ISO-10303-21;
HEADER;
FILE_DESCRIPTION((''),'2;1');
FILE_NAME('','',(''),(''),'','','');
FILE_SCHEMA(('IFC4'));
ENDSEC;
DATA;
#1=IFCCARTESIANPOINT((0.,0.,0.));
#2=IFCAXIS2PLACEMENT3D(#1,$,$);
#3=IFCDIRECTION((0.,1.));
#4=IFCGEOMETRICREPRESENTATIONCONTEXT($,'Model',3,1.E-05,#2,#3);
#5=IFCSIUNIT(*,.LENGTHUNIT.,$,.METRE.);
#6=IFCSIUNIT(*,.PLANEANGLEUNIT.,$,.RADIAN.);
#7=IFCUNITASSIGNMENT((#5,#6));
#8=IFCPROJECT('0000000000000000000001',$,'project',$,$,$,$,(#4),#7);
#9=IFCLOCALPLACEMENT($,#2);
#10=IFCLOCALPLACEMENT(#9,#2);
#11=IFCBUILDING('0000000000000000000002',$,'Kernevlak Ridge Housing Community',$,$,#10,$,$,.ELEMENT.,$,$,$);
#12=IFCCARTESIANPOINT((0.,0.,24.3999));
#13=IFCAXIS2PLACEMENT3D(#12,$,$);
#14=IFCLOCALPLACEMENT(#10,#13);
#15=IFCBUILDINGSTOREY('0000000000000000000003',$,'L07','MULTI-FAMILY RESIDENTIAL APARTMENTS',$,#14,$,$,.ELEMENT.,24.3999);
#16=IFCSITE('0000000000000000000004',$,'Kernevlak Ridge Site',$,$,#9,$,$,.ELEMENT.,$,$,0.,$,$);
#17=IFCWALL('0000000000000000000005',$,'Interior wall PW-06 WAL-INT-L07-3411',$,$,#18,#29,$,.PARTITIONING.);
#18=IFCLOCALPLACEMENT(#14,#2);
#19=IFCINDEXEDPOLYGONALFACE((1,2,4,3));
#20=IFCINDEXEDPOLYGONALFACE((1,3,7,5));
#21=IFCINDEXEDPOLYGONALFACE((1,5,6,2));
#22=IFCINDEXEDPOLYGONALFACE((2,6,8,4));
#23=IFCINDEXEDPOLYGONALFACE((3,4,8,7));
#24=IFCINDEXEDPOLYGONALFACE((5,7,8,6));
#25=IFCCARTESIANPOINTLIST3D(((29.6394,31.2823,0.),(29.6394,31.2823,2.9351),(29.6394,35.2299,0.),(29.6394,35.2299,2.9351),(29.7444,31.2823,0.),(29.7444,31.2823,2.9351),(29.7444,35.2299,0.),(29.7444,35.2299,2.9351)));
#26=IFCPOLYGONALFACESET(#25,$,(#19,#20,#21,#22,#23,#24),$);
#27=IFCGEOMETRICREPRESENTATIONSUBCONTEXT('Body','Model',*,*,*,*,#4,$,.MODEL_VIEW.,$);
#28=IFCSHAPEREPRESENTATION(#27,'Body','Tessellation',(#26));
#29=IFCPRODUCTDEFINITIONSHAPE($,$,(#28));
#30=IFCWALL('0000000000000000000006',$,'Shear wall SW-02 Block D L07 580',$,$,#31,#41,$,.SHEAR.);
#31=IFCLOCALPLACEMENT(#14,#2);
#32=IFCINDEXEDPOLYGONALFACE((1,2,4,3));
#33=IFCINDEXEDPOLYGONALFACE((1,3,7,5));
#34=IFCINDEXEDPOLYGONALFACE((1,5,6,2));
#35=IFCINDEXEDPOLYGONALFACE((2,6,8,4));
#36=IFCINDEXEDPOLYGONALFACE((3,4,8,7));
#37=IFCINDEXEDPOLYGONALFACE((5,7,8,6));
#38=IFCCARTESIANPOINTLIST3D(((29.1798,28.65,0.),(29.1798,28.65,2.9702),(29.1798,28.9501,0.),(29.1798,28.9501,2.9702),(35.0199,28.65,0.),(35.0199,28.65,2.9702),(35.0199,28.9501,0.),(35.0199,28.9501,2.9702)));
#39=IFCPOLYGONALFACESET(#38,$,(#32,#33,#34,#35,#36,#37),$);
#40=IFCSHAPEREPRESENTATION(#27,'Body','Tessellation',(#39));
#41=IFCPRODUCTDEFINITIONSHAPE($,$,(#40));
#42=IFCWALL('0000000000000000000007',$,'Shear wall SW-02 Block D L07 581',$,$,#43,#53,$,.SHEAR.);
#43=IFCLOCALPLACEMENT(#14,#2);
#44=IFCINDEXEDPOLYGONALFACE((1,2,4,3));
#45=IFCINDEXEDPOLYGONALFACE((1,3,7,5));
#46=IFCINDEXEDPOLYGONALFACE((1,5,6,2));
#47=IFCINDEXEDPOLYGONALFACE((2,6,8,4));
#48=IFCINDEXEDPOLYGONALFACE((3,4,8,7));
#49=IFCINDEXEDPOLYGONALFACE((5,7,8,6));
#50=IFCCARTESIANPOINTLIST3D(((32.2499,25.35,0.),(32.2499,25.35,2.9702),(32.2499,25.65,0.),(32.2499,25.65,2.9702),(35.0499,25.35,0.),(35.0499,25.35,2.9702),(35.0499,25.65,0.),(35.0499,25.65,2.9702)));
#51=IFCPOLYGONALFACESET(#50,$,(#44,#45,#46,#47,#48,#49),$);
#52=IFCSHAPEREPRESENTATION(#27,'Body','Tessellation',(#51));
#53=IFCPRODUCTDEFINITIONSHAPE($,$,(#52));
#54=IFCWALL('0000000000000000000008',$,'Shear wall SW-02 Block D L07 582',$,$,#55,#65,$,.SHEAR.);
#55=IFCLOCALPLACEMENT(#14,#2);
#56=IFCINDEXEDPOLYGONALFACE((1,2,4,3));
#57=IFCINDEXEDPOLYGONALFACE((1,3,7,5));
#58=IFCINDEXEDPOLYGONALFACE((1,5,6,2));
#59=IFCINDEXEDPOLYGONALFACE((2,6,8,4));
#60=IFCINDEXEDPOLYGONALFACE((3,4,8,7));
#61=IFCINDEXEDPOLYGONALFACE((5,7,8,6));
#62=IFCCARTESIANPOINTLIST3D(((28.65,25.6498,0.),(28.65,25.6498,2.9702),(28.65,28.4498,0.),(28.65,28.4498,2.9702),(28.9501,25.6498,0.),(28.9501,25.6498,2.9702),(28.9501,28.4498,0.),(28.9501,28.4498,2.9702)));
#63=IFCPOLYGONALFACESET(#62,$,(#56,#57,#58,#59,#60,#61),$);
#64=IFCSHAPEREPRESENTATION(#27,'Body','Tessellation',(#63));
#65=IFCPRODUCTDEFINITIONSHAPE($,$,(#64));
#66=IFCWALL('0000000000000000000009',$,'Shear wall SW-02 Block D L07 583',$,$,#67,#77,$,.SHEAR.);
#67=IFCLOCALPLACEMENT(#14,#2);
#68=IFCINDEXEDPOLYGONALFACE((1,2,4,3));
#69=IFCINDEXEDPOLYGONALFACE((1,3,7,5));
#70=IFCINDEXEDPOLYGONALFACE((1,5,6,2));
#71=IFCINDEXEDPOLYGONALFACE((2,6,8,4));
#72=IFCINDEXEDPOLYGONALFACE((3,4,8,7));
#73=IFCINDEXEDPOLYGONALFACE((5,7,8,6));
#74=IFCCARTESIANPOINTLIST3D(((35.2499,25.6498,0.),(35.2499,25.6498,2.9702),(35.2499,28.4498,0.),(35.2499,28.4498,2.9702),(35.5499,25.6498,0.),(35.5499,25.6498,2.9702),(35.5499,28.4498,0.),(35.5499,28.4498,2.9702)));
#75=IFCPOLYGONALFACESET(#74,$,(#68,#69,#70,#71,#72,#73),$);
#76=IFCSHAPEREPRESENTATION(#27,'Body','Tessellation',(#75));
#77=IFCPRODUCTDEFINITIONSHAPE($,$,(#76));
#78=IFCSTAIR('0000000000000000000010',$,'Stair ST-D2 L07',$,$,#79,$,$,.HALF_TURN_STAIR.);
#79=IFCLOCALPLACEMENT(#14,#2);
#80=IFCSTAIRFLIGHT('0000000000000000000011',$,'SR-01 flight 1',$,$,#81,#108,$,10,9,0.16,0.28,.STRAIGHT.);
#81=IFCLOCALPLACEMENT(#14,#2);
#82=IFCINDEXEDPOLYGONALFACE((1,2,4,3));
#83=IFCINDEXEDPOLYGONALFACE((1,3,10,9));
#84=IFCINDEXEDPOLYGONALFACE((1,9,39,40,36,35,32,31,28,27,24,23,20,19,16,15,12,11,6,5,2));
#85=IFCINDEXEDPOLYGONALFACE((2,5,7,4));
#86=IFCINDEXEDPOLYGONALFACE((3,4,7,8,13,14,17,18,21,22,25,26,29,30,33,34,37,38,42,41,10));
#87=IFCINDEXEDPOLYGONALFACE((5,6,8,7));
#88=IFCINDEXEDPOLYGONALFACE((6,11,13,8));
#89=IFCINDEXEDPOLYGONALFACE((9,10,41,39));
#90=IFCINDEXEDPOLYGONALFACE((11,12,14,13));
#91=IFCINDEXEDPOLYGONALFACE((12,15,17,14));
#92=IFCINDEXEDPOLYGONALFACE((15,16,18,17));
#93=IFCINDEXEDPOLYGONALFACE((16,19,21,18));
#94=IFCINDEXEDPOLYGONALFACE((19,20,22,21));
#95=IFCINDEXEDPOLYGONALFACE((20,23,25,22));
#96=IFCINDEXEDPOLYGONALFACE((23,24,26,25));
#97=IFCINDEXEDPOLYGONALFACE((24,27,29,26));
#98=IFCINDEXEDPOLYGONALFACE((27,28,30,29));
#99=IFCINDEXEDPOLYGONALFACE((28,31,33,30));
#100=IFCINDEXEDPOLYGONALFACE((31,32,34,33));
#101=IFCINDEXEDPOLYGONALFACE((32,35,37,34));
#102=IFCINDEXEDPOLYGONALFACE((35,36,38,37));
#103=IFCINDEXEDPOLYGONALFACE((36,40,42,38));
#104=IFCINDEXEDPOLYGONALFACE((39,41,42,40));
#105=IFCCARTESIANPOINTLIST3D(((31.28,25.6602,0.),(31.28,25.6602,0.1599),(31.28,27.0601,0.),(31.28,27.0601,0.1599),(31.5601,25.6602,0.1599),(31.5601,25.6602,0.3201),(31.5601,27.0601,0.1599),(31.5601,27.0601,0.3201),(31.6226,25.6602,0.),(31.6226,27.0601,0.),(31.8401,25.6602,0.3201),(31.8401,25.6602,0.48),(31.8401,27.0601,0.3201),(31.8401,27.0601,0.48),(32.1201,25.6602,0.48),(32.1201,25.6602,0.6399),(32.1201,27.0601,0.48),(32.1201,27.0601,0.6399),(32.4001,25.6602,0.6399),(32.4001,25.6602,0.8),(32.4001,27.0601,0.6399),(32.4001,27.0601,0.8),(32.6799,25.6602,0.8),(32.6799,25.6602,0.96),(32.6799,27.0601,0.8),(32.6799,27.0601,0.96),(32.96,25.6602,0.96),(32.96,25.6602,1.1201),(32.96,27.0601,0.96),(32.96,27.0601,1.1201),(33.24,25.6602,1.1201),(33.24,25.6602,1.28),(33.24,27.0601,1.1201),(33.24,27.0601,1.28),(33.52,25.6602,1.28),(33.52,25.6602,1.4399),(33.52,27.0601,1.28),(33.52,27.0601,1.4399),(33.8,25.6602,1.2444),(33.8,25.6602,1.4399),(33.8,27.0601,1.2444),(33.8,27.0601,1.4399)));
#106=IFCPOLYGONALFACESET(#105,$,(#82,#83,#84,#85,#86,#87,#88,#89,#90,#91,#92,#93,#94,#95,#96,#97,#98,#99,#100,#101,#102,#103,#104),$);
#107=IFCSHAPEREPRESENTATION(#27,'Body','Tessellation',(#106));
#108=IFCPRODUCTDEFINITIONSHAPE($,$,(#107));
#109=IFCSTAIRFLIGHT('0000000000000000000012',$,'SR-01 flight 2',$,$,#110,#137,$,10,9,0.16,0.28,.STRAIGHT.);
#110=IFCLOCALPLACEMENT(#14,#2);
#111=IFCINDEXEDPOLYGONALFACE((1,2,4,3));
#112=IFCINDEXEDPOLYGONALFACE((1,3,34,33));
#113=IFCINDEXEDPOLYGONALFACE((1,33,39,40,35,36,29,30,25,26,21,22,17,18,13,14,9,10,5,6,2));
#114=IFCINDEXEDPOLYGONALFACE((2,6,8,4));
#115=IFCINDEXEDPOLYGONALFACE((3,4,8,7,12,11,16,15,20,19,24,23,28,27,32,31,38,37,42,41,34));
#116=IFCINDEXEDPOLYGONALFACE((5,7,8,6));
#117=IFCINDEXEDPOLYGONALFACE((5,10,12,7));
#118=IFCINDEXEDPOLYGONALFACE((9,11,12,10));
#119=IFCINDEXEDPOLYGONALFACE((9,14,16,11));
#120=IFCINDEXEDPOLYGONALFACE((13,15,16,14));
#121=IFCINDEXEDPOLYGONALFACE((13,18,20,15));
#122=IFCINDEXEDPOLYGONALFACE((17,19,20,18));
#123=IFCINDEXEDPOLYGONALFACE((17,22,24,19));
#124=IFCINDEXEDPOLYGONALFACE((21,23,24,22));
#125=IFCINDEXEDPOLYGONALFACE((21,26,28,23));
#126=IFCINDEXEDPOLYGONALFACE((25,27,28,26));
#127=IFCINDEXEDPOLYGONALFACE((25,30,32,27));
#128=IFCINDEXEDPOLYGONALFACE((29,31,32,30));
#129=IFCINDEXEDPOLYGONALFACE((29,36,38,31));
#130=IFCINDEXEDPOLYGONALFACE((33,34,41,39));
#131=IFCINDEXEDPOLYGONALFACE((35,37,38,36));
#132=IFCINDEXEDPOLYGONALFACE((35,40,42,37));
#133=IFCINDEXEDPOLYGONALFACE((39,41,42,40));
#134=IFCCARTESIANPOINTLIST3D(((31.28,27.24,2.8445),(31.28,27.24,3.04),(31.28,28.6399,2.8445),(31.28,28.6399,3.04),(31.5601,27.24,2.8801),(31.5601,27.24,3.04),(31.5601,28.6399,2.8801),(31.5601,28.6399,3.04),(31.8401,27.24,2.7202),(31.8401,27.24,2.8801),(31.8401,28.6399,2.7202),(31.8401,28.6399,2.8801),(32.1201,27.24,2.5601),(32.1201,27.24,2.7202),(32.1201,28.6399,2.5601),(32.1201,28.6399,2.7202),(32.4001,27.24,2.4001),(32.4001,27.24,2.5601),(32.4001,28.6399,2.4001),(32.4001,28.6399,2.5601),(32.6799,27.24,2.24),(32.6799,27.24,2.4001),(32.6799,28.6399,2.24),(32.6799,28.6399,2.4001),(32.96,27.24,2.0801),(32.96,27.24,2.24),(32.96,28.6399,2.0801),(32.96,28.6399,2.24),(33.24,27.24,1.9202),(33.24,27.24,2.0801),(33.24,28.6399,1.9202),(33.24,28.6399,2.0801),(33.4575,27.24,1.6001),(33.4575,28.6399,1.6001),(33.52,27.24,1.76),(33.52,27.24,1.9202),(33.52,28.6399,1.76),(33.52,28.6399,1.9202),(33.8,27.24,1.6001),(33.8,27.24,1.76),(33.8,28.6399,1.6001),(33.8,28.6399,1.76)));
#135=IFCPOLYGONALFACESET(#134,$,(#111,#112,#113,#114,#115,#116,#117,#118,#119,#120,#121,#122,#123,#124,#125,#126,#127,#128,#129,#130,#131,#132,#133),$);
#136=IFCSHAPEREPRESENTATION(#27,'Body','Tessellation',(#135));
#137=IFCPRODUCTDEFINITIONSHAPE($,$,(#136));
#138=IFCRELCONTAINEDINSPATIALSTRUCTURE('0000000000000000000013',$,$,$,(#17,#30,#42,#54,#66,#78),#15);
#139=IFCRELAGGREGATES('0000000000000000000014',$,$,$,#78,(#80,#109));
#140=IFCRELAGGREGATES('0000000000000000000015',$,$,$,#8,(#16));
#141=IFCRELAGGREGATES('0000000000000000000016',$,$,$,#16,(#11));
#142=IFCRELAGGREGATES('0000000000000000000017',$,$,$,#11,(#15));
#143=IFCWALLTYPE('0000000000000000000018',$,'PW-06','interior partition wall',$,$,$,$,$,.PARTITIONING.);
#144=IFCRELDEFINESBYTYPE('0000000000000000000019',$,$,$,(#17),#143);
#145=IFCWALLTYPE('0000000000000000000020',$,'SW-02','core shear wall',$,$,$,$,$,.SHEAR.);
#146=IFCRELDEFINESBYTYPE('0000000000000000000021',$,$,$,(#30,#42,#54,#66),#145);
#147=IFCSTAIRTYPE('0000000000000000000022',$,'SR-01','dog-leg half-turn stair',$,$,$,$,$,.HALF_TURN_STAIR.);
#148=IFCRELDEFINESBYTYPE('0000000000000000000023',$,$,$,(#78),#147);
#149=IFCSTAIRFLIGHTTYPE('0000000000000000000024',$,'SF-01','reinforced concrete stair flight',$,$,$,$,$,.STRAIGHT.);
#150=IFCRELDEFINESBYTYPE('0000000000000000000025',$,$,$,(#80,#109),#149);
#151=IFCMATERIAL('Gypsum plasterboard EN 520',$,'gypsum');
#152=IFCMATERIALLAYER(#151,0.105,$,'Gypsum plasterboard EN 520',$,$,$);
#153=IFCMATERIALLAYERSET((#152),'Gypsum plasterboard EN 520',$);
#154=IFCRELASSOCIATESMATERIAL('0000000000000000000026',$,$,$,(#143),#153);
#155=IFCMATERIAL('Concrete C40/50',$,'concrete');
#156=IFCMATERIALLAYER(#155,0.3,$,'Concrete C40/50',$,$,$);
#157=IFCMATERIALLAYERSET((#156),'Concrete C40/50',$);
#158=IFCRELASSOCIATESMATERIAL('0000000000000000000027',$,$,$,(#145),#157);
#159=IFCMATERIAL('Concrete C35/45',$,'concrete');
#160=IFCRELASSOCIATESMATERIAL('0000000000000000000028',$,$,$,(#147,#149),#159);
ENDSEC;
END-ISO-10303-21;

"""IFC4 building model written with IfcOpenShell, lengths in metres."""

from ifc_helpers import new_model, si_unit, direction, frame, frame_2d, origin, place, context, subcontext, project, spatial, polyline, rectangle, outline, extrude, material, layer, layer_set, type_object, element, aggregate, save


model = new_model("IFC4")

# Units and contexts
model_context = context("Model", 3, precision=1e-05, world=origin(), true_north=direction((0.0, 1.0)))
body_context = subcontext(model_context, "Body", "Model", "MODEL_VIEW")
ifc_project = project(units=[si_unit("LENGTHUNIT", "METRE"), si_unit("PLANEANGLEUNIT", "RADIAN")], contexts=[model_context])

# Site, building, storey
site_placement = place(None, origin())
site = spatial("IfcSite", under=ifc_project, at=site_placement, Name="Kernevlak Ridge Site", CompositionType="ELEMENT", RefElevation=0.0)
building_placement = place(site_placement, origin())
building = spatial("IfcBuilding", under=site, at=building_placement, Name="Kernevlak Ridge Housing Community", CompositionType="ELEMENT")
storey_placement = place(building_placement, frame((0.0, 0.0, 24.3999)))
storey = spatial("IfcBuildingStorey", under=building, at=storey_placement, Name="L07", Description="MULTI-FAMILY RESIDENTIAL APARTMENTS", CompositionType="ELEMENT", Elevation=24.3999)

# Shared definitions
ifc_material_1 = material(Name="Concrete C35/45", Category="concrete")

# Shared definitions
ifc_material_2 = material(Name="Gypsum plasterboard EN 520", Category="gypsum")

# Walls
ifc_layer_1 = layer(ifc_material_2, 0.105, Name="Gypsum plasterboard EN 520")
ifc_layer_set_1 = layer_set([ifc_layer_1], Name="Gypsum plasterboard EN 520")
wall_type_1 = type_object("IfcWallType", Name="PW-06", Description="interior partition wall", PredefinedType="PARTITIONING", material=ifc_layer_set_1)
wall_1_placement = place(storey_placement, frame((29.6919, 31.2825, 0.0), z_axis=(0.0, 0.0, 1.0), x_axis=(0.0, 1.0, 0.0)))
element("IfcWall", 1, at=wall_1_placement, inside=storey, type_object=wall_type_1, Name="Interior wall PW-06 WAL-INT-L07-3411", PredefinedType="PARTITIONING", context=body_context, shape_type="SweptSolid", body=[
    extrude(rectangle(XDim=3.9475, YDim=0.105, at=frame_2d((1.9736, 0.0))), origin(), (0.0, 0.0, 1.0), 2.9351),
])
ifc_material_3 = material(Name="Concrete C40/50", Category="concrete")
ifc_layer_2 = layer(ifc_material_3, 0.3, Name="Concrete C40/50")
ifc_layer_set_2 = layer_set([ifc_layer_2], Name="Concrete C40/50")
wall_type_2 = type_object("IfcWallType", Name="SW-02", Description="core shear wall", PredefinedType="SHEAR", material=ifc_layer_set_2)
wall_2_placement = place(storey_placement, frame((29.1799, 28.8, 0.0), z_axis=(0.0, 0.0, 1.0), x_axis=(1.0, 0.0, 0.0)))
element("IfcWall", 2, at=wall_2_placement, inside=storey, type_object=wall_type_2, Name="Shear wall SW-02 Block D L07 580", PredefinedType="SHEAR", context=body_context, shape_type="SweptSolid", body=[
    extrude(rectangle(XDim=5.8401, YDim=0.3, at=frame_2d((2.9199, 0.0))), origin(), (0.0, 0.0, 1.0), 2.9702),
])
for number, where, z_axis, x_axis, name in (
    (3, (32.25, 25.5, 0.0), (0.0, 0.0, 1.0), (1.0, 0.0, 0.0), "Shear wall SW-02 Block D L07 581"),
    (4, (28.8, 25.6499, 0.0), (0.0, 0.0, 1.0), (0.0, 1.0, 0.0), "Shear wall SW-02 Block D L07 582"),
    (5, (35.3999, 25.6499, 0.0), (0.0, 0.0, 1.0), (0.0, 1.0, 0.0), "Shear wall SW-02 Block D L07 583"),
):
    element("IfcWall", number, at=place(storey_placement, frame(where, z_axis=z_axis, x_axis=x_axis)), inside=storey, type_object=wall_type_2, Name=name, PredefinedType="SHEAR", context=body_context, shape_type="SweptSolid", body=[
        extrude(rectangle(XDim=2.8, YDim=0.3, at=frame_2d((1.3999, 0.0))), origin(), (0.0, 0.0, 1.0), 2.9702),
    ])

# Stair, stair flights
stair_type = type_object("IfcStairType", Name="SR-01", Description="dog-leg half-turn stair", PredefinedType="HALF_TURN_STAIR", material=ifc_material_1)
stair_placement = place(storey_placement, origin())
stair = element("IfcStair", 6, at=stair_placement, inside=storey, type_object=stair_type, Name="Stair ST-D2 L07", PredefinedType="HALF_TURN_STAIR")
stair_flight_type = type_object("IfcStairFlightType", Name="SF-01", Description="reinforced concrete stair flight", PredefinedType="STRAIGHT", material=ifc_material_1)
stair_flight_1_placement = place(storey_placement, frame((31.28, 26.3601, 0.0), z_axis=(0.0, 0.0, 1.0), x_axis=(1.0, 0.0, 0.0)))
stair_flight_1 = element("IfcStairFlight", 7, at=stair_flight_1_placement, type_object=stair_flight_type, Name="SR-01 flight 1", NumberOfRisers=10, NumberOfTreads=9, PredefinedType="STRAIGHT", RiserHeight=0.16, TreadLength=0.28, context=body_context, shape_type="SweptSolid", body=[
    extrude(outline(polyline([(0.0, 0.0), (0.0, 0.1599), (0.28, 0.1599), (0.28, 0.3201), (0.5601, 0.3201), (0.5601, 0.48), (0.8401, 0.48), (0.8401, 0.6399), (1.1201, 0.6399), (1.1201, 0.8), (1.3999, 0.8), (1.3999, 0.96), (1.6799, 0.96), (1.6799, 1.1201), (1.96, 1.1201), (1.96, 1.28), (2.24, 1.28), (2.24, 1.4399), (2.52, 1.4399), (2.52, 1.6001), (2.52, 1.2444), (0.3425, 0.0), (0.0, 0.0)])), frame((0.0, 0.7, 0.0), z_axis=(0.0, -1.0, 0.0), x_axis=(1.0, 0.0, 0.0)), (0.0, 0.0, 1.0), 1.3999),
])
stair_flight_2_placement = place(storey_placement, frame((33.8, 27.9399, 1.6001), z_axis=(0.0, 0.0, 1.0), x_axis=(-1.0, 0.0, 0.0)))
stair_flight_2 = element("IfcStairFlight", 8, at=stair_flight_2_placement, type_object=stair_flight_type, Name="SR-01 flight 2", NumberOfRisers=10, NumberOfTreads=9, PredefinedType="STRAIGHT", RiserHeight=0.16, TreadLength=0.28, context=body_context, shape_type="SweptSolid", body=[
    extrude(outline(polyline([(0.0, 0.0), (0.0, 0.1599), (0.28, 0.1599), (0.28, 0.3201), (0.5601, 0.3201), (0.5601, 0.48), (0.8401, 0.48), (0.8401, 0.6399), (1.1201, 0.6399), (1.1201, 0.8), (1.3999, 0.8), (1.3999, 0.96), (1.6799, 0.96), (1.6799, 1.1201), (1.96, 1.1201), (1.96, 1.28), (2.24, 1.28), (2.24, 1.4399), (2.52, 1.4399), (2.52, 1.6001), (2.52, 1.2444), (0.3425, 0.0), (0.0, 0.0)])), frame((0.0, 0.7, 0.0), z_axis=(0.0, -1.0, 0.0), x_axis=(1.0, 0.0, 0.0)), (0.0, 0.0, 1.0), 1.3999),
])
aggregate(stair, [stair_flight_1, stair_flight_2])

save(model, "model.ifc")
